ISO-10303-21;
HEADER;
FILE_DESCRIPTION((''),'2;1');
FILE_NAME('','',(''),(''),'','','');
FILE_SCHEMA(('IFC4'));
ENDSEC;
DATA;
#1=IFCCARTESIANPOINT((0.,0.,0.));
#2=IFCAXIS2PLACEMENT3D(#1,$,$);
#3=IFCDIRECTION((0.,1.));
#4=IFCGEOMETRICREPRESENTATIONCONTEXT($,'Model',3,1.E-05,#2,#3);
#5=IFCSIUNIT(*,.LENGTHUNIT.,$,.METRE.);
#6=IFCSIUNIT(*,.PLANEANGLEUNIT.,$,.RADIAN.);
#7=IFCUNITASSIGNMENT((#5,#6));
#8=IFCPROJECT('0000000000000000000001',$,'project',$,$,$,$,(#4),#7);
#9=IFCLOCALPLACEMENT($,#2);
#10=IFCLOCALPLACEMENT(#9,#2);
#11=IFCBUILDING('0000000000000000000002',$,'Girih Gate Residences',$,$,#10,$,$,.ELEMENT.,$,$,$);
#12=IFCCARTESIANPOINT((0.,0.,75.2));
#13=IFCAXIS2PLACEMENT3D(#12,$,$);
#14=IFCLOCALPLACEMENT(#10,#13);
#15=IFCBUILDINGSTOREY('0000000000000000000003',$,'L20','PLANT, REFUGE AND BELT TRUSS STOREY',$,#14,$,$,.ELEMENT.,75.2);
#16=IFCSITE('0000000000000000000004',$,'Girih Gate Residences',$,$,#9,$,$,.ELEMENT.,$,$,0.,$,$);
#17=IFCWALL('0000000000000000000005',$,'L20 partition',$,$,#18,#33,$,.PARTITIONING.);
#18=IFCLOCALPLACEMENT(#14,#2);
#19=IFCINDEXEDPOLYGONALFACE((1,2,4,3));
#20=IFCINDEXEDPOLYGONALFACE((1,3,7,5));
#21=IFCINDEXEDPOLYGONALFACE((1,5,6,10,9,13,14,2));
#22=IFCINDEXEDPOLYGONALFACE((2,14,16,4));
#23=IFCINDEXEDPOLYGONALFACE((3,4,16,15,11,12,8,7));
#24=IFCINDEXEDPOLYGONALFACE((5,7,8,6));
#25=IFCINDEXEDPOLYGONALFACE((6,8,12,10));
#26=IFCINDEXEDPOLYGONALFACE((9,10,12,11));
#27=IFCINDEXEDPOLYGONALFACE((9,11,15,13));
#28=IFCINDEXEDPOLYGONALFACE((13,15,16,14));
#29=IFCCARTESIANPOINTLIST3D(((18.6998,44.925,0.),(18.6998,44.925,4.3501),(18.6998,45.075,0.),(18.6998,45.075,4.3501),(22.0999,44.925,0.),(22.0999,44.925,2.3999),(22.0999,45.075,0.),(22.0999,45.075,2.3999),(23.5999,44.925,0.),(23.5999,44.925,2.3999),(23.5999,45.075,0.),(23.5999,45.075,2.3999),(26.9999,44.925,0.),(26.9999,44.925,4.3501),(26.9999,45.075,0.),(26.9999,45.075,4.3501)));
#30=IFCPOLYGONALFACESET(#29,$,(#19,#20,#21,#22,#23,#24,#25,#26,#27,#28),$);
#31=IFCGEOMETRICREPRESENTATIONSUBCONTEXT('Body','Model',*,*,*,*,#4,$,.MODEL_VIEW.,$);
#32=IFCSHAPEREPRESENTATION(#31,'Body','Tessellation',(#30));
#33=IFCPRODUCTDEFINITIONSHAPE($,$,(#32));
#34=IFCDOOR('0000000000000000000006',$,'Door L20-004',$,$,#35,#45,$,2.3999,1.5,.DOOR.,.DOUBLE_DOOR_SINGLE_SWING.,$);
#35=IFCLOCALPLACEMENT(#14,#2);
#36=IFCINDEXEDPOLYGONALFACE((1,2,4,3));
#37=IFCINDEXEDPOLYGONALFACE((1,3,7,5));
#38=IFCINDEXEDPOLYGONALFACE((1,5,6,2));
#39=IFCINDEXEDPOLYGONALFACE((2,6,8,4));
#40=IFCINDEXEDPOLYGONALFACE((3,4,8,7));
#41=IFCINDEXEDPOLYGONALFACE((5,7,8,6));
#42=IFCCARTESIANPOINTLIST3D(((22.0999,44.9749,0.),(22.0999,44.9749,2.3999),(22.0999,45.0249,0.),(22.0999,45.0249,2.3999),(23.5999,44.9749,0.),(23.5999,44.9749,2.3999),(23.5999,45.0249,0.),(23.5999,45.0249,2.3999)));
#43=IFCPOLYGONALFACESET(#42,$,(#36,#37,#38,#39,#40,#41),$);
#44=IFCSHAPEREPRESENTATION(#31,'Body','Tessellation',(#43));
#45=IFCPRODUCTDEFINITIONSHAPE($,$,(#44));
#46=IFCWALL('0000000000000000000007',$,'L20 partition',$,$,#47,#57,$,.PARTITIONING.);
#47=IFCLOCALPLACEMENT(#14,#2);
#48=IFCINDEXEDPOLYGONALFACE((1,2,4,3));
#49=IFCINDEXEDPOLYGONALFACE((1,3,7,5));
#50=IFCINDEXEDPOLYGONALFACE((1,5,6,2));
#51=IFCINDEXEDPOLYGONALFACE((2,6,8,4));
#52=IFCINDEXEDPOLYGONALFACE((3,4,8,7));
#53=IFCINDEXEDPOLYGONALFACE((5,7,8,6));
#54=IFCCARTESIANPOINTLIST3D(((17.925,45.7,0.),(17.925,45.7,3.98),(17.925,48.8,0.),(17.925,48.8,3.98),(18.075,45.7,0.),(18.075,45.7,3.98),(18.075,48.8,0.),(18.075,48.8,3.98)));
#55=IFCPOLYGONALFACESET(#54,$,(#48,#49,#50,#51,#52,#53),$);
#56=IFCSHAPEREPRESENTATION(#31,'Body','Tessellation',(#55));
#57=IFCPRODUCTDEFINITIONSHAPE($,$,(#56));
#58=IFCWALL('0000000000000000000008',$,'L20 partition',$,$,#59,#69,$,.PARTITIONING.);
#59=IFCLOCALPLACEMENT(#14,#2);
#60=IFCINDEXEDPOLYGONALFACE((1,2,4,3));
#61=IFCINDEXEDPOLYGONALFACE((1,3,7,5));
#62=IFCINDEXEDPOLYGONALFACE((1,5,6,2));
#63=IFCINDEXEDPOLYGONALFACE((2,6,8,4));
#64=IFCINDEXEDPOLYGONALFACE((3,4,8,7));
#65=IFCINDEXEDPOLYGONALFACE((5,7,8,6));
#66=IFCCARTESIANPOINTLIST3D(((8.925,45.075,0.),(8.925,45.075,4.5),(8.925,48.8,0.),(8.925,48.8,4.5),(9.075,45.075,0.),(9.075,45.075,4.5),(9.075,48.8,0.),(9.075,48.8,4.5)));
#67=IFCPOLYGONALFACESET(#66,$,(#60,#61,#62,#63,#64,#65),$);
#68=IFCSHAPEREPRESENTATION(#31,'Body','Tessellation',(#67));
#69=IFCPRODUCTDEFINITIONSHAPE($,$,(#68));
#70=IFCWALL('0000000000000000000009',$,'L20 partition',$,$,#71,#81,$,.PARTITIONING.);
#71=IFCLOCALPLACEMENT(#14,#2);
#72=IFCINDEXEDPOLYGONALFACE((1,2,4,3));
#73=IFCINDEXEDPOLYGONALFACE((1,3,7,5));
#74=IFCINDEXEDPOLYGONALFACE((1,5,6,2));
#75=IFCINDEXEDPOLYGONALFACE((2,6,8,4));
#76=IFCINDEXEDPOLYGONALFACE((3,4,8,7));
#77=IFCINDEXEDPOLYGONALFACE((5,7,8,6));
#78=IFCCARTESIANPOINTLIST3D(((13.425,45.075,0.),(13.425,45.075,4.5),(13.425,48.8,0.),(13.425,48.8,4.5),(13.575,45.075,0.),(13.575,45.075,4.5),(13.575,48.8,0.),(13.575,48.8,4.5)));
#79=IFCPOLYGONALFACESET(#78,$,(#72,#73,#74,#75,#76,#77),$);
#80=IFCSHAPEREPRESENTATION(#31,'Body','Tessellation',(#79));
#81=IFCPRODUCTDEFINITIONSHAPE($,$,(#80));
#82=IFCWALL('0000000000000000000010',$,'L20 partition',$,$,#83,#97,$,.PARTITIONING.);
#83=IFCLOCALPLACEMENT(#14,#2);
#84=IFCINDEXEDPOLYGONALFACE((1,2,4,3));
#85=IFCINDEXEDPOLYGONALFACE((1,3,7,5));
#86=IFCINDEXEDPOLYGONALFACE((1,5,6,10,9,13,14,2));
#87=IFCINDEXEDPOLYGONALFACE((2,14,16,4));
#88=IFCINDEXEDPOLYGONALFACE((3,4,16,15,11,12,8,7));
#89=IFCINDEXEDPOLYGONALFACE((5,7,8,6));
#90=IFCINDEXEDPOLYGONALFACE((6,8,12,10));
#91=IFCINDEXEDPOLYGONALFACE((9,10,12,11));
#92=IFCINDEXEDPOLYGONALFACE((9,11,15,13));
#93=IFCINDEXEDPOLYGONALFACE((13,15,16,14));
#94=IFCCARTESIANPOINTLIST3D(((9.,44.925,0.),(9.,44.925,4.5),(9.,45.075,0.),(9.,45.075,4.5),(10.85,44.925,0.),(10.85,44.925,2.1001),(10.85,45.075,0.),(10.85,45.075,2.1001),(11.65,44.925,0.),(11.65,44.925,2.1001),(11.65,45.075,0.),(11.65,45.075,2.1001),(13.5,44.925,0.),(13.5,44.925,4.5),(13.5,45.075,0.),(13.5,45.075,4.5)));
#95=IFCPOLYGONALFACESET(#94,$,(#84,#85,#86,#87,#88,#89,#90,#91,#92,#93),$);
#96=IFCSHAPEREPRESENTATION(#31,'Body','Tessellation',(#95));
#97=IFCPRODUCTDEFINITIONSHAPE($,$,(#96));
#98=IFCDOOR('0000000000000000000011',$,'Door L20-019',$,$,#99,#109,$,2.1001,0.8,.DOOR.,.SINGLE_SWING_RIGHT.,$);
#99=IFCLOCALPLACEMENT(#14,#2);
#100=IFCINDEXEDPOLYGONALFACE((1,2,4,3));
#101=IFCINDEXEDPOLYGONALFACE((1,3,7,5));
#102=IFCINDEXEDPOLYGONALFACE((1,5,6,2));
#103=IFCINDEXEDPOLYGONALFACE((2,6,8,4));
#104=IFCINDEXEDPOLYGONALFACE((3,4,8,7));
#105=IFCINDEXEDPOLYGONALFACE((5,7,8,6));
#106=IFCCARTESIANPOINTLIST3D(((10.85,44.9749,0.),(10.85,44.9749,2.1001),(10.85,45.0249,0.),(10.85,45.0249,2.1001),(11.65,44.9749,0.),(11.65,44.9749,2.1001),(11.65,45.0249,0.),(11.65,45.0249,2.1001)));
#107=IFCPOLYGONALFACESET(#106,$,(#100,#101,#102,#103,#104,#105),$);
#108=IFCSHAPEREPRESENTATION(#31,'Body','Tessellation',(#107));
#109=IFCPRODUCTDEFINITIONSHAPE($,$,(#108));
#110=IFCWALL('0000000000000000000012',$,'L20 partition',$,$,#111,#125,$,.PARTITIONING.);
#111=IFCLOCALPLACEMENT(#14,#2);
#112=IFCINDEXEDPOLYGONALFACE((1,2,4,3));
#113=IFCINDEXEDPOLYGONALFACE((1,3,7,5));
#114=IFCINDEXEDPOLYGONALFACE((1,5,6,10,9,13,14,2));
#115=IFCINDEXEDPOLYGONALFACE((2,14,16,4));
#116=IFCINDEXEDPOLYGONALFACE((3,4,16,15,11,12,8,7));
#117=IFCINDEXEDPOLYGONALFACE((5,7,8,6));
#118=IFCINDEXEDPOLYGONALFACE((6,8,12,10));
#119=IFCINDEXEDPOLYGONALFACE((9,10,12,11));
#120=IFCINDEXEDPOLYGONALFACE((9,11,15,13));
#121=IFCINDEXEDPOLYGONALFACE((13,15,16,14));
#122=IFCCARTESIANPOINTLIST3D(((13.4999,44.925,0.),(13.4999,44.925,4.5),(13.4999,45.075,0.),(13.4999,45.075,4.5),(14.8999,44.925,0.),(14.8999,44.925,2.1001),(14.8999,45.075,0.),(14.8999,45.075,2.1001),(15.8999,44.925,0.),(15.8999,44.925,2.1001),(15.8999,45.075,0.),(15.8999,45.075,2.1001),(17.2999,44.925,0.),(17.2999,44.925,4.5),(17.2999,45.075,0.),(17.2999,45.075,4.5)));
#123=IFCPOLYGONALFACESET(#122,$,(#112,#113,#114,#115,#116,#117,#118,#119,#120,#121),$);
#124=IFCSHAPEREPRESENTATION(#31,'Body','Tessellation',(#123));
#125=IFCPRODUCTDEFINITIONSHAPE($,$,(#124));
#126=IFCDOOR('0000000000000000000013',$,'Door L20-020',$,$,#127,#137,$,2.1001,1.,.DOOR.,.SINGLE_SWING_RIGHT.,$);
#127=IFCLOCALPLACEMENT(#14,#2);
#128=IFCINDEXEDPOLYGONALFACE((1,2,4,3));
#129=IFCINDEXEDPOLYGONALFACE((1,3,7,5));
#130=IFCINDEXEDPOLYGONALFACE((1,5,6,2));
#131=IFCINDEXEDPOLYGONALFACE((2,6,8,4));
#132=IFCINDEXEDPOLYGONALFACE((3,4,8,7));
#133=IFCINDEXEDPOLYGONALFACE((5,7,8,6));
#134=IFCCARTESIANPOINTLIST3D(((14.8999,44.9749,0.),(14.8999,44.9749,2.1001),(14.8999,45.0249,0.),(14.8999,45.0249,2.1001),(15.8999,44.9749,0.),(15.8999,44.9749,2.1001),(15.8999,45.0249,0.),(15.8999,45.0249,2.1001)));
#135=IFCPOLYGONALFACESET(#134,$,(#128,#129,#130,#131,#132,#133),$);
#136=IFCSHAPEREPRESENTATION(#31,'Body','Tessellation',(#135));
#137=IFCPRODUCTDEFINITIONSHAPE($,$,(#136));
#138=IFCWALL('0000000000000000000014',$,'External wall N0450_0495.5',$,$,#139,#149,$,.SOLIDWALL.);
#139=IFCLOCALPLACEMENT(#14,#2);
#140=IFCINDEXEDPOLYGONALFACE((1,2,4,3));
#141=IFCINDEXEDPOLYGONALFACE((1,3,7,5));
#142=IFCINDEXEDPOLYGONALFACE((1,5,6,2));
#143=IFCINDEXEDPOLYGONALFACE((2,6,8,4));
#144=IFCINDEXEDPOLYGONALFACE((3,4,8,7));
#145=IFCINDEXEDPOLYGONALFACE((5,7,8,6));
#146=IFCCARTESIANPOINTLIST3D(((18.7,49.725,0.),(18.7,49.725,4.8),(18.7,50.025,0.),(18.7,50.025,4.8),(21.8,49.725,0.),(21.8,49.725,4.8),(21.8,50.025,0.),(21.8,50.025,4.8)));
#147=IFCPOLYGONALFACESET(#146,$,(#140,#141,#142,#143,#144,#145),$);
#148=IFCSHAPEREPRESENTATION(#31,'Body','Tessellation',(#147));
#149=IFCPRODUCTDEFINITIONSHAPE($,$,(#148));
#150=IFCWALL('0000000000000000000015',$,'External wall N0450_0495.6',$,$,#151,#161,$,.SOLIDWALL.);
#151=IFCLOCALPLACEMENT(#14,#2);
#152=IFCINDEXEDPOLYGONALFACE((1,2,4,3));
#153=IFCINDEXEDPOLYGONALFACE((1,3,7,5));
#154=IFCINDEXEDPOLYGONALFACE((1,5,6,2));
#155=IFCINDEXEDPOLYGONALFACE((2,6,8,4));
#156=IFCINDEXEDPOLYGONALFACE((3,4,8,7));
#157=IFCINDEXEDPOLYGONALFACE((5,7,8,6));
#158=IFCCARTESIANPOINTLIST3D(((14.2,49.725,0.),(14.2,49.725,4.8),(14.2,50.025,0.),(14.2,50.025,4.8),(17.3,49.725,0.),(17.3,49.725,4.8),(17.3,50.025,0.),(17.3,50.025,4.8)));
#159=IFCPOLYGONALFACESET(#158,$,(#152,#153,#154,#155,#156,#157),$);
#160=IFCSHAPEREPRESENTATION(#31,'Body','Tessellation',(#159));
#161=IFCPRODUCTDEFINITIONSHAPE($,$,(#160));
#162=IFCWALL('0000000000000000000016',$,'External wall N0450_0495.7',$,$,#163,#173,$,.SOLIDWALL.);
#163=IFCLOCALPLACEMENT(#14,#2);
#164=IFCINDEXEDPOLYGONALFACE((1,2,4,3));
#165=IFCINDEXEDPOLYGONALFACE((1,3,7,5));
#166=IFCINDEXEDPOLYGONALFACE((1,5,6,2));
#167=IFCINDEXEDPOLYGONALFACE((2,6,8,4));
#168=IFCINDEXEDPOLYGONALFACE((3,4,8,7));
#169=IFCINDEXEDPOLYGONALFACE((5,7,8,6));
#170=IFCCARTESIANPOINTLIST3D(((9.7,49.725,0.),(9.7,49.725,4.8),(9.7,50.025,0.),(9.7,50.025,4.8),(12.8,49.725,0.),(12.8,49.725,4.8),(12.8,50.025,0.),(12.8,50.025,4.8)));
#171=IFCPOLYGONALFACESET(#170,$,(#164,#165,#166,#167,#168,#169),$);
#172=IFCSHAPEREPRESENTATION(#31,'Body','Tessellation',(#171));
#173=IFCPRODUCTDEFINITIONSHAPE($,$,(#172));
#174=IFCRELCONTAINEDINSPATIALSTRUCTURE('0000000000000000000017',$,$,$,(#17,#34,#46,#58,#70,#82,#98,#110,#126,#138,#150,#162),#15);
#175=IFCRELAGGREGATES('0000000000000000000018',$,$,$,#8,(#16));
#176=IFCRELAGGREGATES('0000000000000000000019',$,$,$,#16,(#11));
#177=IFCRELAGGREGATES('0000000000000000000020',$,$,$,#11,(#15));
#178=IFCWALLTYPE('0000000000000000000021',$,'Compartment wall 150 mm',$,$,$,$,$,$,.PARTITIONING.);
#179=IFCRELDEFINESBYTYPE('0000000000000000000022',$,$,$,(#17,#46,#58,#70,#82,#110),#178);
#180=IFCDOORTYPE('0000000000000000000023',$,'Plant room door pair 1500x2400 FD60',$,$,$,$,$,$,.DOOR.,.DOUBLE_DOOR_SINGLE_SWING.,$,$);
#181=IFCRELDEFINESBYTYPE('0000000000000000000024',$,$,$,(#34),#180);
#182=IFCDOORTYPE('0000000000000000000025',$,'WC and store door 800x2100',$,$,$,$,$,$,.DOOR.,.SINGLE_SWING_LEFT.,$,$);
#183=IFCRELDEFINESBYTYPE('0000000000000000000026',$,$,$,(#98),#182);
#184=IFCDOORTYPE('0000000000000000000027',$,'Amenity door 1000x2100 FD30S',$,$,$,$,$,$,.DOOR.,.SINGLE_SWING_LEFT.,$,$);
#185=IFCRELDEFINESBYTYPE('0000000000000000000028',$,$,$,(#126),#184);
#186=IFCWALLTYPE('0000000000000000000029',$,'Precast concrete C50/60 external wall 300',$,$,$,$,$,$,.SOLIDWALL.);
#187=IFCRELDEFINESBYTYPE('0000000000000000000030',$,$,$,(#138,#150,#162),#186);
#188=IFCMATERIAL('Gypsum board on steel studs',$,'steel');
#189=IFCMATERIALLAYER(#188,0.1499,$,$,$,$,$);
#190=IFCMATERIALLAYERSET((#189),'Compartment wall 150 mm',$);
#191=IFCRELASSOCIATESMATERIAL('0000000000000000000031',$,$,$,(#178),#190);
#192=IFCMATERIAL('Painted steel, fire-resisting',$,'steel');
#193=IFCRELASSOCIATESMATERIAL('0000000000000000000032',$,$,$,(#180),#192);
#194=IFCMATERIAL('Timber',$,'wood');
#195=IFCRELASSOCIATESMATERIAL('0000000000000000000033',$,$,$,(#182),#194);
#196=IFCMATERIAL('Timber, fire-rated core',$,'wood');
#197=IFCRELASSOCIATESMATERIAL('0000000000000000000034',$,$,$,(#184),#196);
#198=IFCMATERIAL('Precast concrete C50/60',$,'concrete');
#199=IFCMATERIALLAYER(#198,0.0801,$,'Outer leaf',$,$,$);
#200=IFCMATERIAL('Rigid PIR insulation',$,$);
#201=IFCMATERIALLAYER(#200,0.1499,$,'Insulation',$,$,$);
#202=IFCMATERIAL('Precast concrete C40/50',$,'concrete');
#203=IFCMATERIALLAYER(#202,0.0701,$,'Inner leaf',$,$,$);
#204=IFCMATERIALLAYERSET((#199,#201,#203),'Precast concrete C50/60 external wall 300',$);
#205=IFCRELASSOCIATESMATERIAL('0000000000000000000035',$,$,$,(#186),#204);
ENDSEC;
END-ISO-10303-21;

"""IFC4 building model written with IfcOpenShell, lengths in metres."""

from ifc_helpers import new_model, si_unit, direction, frame, frame_2d, origin, place, context, subcontext, project, spatial, rectangle, extrude, material, layer, layer_set, type_object, element, fill, save


model = new_model("IFC4")

# Units and contexts
model_context = context("Model", 3, precision=1e-05, world=origin(), true_north=direction((0.0, 1.0)))
body_context = subcontext(model_context, "Body", "Model", "MODEL_VIEW")
ifc_project = project(units=[si_unit("LENGTHUNIT", "METRE"), si_unit("PLANEANGLEUNIT", "RADIAN")], contexts=[model_context])

# Site, building, storey
site_placement = place(None, origin())
site = spatial("IfcSite", under=ifc_project, at=site_placement, Name="Girih Gate Residences", CompositionType="ELEMENT", RefElevation=0.0)
building_placement = place(site_placement, origin())
building = spatial("IfcBuilding", under=site, at=building_placement, Name="Girih Gate Residences", CompositionType="ELEMENT")
storey_placement = place(building_placement, frame((0.0, 0.0, 75.2)))
storey = spatial("IfcBuildingStorey", under=building, at=storey_placement, Name="L20", Description="PLANT, REFUGE AND BELT TRUSS STOREY", CompositionType="ELEMENT", Elevation=75.2)

# Wall, opening, door
ifc_material_1 = material(Name="Gypsum board on steel studs", Category="steel")
ifc_layer_1 = layer(ifc_material_1, 0.1499)
ifc_layer_set_1 = layer_set([ifc_layer_1], Name="Compartment wall 150 mm")
wall_type_1 = type_object("IfcWallType", Name="Compartment wall 150 mm", PredefinedType="PARTITIONING", material=ifc_layer_set_1)
wall_1_placement = place(storey_placement, frame((18.7, 45.0, 0.0), z_axis=(0.0, 0.0, 1.0), x_axis=(1.0, 0.0, 0.0)))
wall_1 = element("IfcWall", 1, at=wall_1_placement, inside=storey, type_object=wall_type_1, Name="L20 partition", PredefinedType="PARTITIONING", context=body_context, shape_type="SweptSolid", body=[
    extrude(rectangle(XDim=8.3, YDim=0.1499, at=frame_2d((4.1499, 0.0))), origin(), (0.0, 0.0, 1.0), 4.3501),
])
opening_1_placement = place(wall_1_placement, frame((3.3999, 0.0, 0.0)))
opening_1 = element("IfcOpeningElement", 2, at=opening_1_placement, cuts=wall_1, PredefinedType="OPENING", context=body_context, shape_type="SweptSolid", body=[
    extrude(rectangle(XDim=1.5, YDim=2.3999, at=frame_2d((0.75, 1.2))), frame((0.0, 0.085, 0.0), z_axis=(0.0, -1.0, 0.0), x_axis=(1.0, 0.0, 0.0)), (0.0, 0.0, 1.0), 0.1699),
])
ifc_material_2 = material(Name="Painted steel, fire-resisting", Category="steel")
door_type_1 = type_object("IfcDoorType", Name="Plant room door pair 1500x2400 FD60", OperationType="DOUBLE_DOOR_SINGLE_SWING", PredefinedType="DOOR", material=ifc_material_2)
door_1_placement = place(opening_1_placement, origin())
door_1 = element("IfcDoor", 3, at=door_1_placement, inside=storey, type_object=door_type_1, Name="Door L20-004", OperationType="DOUBLE_DOOR_SINGLE_SWING", OverallHeight=2.3999, OverallWidth=1.5, PredefinedType="DOOR", context=body_context, shape_type="SweptSolid", body=[
    extrude(rectangle(XDim=1.5, YDim=2.3999, at=frame_2d((0.75, 1.2))), frame((0.0, 0.0249, 0.0), z_axis=(0.0, -1.0, 0.0), x_axis=(1.0, 0.0, 0.0)), (0.0, 0.0, 1.0), 0.05),
])
fill(opening_1, door_1)

# Walls
wall_2_placement = place(storey_placement, frame((18.0, 45.7, 0.0), z_axis=(0.0, 0.0, 1.0), x_axis=(0.0, 1.0, 0.0)))
element("IfcWall", 4, at=wall_2_placement, inside=storey, type_object=wall_type_1, Name="L20 partition", PredefinedType="PARTITIONING", context=body_context, shape_type="SweptSolid", body=[
    extrude(rectangle(XDim=3.1001, YDim=0.1499, at=frame_2d((1.55, 0.0))), origin(), (0.0, 0.0, 1.0), 3.98),
])
for number, where, z_axis, x_axis, name in (
    (5, (9.0, 45.075, 0.0), (0.0, 0.0, 1.0), (0.0, 1.0, 0.0), "L20 partition"),
    (6, (13.5, 45.075, 0.0), (0.0, 0.0, 1.0), (0.0, 1.0, 0.0), "L20 partition"),
):
    element("IfcWall", number, at=place(storey_placement, frame(where, z_axis=z_axis, x_axis=x_axis)), inside=storey, type_object=wall_type_1, Name=name, PredefinedType="PARTITIONING", context=body_context, shape_type="SweptSolid", body=[
        extrude(rectangle(XDim=3.7251, YDim=0.1499, at=frame_2d((1.8625, 0.0))), origin(), (0.0, 0.0, 1.0), 4.5),
    ])

# Walls, openings, doors
wall_3_placement = place(storey_placement, frame((9.0, 45.0, 0.0), z_axis=(0.0, 0.0, 1.0), x_axis=(1.0, 0.0, 0.0)))
wall_3 = element("IfcWall", 7, at=wall_3_placement, inside=storey, type_object=wall_type_1, Name="L20 partition", PredefinedType="PARTITIONING", context=body_context, shape_type="SweptSolid", body=[
    extrude(rectangle(XDim=4.5, YDim=0.1499, at=frame_2d((2.25, 0.0))), origin(), (0.0, 0.0, 1.0), 4.5),
])
opening_2_placement = place(wall_3_placement, frame((1.8501, 0.0, 0.0)))
opening_2 = element("IfcOpeningElement", 8, at=opening_2_placement, cuts=wall_3, PredefinedType="OPENING", context=body_context, shape_type="SweptSolid", body=[
    extrude(rectangle(XDim=0.8, YDim=2.1001, at=frame_2d((0.3999, 1.05))), frame((0.0, 0.085, 0.0), z_axis=(0.0, -1.0, 0.0), x_axis=(1.0, 0.0, 0.0)), (0.0, 0.0, 1.0), 0.1699),
])
ifc_material_3 = material(Name="Timber", Category="wood")
door_type_2 = type_object("IfcDoorType", Name="WC and store door 800x2100", OperationType="SINGLE_SWING_LEFT", PredefinedType="DOOR", material=ifc_material_3)
door_2_placement = place(opening_2_placement, origin())
door_2 = element("IfcDoor", 9, at=door_2_placement, inside=storey, type_object=door_type_2, Name="Door L20-019", OperationType="SINGLE_SWING_RIGHT", OverallHeight=2.1001, OverallWidth=0.8, PredefinedType="DOOR", context=body_context, shape_type="SweptSolid", body=[
    extrude(rectangle(XDim=0.8, YDim=2.1001, at=frame_2d((0.3999, 1.05))), frame((0.0, 0.0249, 0.0), z_axis=(0.0, -1.0, 0.0), x_axis=(1.0, 0.0, 0.0)), (0.0, 0.0, 1.0), 0.05),
])
fill(opening_2, door_2)
wall_4_placement = place(storey_placement, frame((13.5, 45.0, 0.0), z_axis=(0.0, 0.0, 1.0), x_axis=(1.0, 0.0, 0.0)))
wall_4 = element("IfcWall", 10, at=wall_4_placement, inside=storey, type_object=wall_type_1, Name="L20 partition", PredefinedType="PARTITIONING", context=body_context, shape_type="SweptSolid", body=[
    extrude(rectangle(XDim=3.8, YDim=0.1499, at=frame_2d((1.8999, 0.0))), origin(), (0.0, 0.0, 1.0), 4.5),
])
opening_3_placement = place(wall_4_placement, frame((1.3999, 0.0, 0.0)))
opening_3 = element("IfcOpeningElement", 11, at=opening_3_placement, cuts=wall_4, PredefinedType="OPENING", context=body_context, shape_type="SweptSolid", body=[
    extrude(rectangle(XDim=1.0, YDim=2.1001, at=frame_2d((0.5, 1.05))), frame((0.0, 0.085, 0.0), z_axis=(0.0, -1.0, 0.0), x_axis=(1.0, 0.0, 0.0)), (0.0, 0.0, 1.0), 0.1699),
])
ifc_material_4 = material(Name="Timber, fire-rated core", Category="wood")
door_type_3 = type_object("IfcDoorType", Name="Amenity door 1000x2100 FD30S", OperationType="SINGLE_SWING_LEFT", PredefinedType="DOOR", material=ifc_material_4)
door_3_placement = place(opening_3_placement, origin())
door_3 = element("IfcDoor", 12, at=door_3_placement, inside=storey, type_object=door_type_3, Name="Door L20-020", OperationType="SINGLE_SWING_RIGHT", OverallHeight=2.1001, OverallWidth=1.0, PredefinedType="DOOR", context=body_context, shape_type="SweptSolid", body=[
    extrude(rectangle(XDim=1.0, YDim=2.1001, at=frame_2d((0.5, 1.05))), frame((0.0, 0.0249, 0.0), z_axis=(0.0, -1.0, 0.0), x_axis=(1.0, 0.0, 0.0)), (0.0, 0.0, 1.0), 0.05),
])
fill(opening_3, door_3)

# Walls
ifc_material_5 = material(Name="Precast concrete C50/60", Category="concrete")
ifc_layer_2 = layer(ifc_material_5, 0.0801, Name="Outer leaf")
ifc_material_6 = material(Name="Rigid PIR insulation")
ifc_layer_3 = layer(ifc_material_6, 0.1499, Name="Insulation")
ifc_material_7 = material(Name="Precast concrete C40/50", Category="concrete")
ifc_layer_4 = layer(ifc_material_7, 0.0701, Name="Inner leaf")
ifc_layer_set_2 = layer_set([ifc_layer_2, ifc_layer_3, ifc_layer_4], Name="Precast concrete C50/60 external wall 300")
wall_type_2 = type_object("IfcWallType", Name="Precast concrete C50/60 external wall 300", PredefinedType="SOLIDWALL", material=ifc_layer_set_2)
for number, where, z_axis, x_axis, name in (
    (13, (18.7, 49.875, 0.0), (0.0, 0.0, 1.0), (1.0, 0.0, 0.0), "External wall N0450_0495.5"),
    (14, (14.2, 49.875, 0.0), (0.0, 0.0, 1.0), (1.0, 0.0, 0.0), "External wall N0450_0495.6"),
    (15, (9.7, 49.875, 0.0), (0.0, 0.0, 1.0), (1.0, 0.0, 0.0), "External wall N0450_0495.7"),
):
    element("IfcWall", number, at=place(storey_placement, frame(where, z_axis=z_axis, x_axis=x_axis)), inside=storey, type_object=wall_type_2, Name=name, PredefinedType="SOLIDWALL", context=body_context, shape_type="SweptSolid", body=[
        extrude(rectangle(XDim=3.1001, YDim=0.3, at=frame_2d((1.55, 0.0))), origin(), (0.0, 0.0, 1.0), 4.8),
    ])

save(model, "model.ifc")
